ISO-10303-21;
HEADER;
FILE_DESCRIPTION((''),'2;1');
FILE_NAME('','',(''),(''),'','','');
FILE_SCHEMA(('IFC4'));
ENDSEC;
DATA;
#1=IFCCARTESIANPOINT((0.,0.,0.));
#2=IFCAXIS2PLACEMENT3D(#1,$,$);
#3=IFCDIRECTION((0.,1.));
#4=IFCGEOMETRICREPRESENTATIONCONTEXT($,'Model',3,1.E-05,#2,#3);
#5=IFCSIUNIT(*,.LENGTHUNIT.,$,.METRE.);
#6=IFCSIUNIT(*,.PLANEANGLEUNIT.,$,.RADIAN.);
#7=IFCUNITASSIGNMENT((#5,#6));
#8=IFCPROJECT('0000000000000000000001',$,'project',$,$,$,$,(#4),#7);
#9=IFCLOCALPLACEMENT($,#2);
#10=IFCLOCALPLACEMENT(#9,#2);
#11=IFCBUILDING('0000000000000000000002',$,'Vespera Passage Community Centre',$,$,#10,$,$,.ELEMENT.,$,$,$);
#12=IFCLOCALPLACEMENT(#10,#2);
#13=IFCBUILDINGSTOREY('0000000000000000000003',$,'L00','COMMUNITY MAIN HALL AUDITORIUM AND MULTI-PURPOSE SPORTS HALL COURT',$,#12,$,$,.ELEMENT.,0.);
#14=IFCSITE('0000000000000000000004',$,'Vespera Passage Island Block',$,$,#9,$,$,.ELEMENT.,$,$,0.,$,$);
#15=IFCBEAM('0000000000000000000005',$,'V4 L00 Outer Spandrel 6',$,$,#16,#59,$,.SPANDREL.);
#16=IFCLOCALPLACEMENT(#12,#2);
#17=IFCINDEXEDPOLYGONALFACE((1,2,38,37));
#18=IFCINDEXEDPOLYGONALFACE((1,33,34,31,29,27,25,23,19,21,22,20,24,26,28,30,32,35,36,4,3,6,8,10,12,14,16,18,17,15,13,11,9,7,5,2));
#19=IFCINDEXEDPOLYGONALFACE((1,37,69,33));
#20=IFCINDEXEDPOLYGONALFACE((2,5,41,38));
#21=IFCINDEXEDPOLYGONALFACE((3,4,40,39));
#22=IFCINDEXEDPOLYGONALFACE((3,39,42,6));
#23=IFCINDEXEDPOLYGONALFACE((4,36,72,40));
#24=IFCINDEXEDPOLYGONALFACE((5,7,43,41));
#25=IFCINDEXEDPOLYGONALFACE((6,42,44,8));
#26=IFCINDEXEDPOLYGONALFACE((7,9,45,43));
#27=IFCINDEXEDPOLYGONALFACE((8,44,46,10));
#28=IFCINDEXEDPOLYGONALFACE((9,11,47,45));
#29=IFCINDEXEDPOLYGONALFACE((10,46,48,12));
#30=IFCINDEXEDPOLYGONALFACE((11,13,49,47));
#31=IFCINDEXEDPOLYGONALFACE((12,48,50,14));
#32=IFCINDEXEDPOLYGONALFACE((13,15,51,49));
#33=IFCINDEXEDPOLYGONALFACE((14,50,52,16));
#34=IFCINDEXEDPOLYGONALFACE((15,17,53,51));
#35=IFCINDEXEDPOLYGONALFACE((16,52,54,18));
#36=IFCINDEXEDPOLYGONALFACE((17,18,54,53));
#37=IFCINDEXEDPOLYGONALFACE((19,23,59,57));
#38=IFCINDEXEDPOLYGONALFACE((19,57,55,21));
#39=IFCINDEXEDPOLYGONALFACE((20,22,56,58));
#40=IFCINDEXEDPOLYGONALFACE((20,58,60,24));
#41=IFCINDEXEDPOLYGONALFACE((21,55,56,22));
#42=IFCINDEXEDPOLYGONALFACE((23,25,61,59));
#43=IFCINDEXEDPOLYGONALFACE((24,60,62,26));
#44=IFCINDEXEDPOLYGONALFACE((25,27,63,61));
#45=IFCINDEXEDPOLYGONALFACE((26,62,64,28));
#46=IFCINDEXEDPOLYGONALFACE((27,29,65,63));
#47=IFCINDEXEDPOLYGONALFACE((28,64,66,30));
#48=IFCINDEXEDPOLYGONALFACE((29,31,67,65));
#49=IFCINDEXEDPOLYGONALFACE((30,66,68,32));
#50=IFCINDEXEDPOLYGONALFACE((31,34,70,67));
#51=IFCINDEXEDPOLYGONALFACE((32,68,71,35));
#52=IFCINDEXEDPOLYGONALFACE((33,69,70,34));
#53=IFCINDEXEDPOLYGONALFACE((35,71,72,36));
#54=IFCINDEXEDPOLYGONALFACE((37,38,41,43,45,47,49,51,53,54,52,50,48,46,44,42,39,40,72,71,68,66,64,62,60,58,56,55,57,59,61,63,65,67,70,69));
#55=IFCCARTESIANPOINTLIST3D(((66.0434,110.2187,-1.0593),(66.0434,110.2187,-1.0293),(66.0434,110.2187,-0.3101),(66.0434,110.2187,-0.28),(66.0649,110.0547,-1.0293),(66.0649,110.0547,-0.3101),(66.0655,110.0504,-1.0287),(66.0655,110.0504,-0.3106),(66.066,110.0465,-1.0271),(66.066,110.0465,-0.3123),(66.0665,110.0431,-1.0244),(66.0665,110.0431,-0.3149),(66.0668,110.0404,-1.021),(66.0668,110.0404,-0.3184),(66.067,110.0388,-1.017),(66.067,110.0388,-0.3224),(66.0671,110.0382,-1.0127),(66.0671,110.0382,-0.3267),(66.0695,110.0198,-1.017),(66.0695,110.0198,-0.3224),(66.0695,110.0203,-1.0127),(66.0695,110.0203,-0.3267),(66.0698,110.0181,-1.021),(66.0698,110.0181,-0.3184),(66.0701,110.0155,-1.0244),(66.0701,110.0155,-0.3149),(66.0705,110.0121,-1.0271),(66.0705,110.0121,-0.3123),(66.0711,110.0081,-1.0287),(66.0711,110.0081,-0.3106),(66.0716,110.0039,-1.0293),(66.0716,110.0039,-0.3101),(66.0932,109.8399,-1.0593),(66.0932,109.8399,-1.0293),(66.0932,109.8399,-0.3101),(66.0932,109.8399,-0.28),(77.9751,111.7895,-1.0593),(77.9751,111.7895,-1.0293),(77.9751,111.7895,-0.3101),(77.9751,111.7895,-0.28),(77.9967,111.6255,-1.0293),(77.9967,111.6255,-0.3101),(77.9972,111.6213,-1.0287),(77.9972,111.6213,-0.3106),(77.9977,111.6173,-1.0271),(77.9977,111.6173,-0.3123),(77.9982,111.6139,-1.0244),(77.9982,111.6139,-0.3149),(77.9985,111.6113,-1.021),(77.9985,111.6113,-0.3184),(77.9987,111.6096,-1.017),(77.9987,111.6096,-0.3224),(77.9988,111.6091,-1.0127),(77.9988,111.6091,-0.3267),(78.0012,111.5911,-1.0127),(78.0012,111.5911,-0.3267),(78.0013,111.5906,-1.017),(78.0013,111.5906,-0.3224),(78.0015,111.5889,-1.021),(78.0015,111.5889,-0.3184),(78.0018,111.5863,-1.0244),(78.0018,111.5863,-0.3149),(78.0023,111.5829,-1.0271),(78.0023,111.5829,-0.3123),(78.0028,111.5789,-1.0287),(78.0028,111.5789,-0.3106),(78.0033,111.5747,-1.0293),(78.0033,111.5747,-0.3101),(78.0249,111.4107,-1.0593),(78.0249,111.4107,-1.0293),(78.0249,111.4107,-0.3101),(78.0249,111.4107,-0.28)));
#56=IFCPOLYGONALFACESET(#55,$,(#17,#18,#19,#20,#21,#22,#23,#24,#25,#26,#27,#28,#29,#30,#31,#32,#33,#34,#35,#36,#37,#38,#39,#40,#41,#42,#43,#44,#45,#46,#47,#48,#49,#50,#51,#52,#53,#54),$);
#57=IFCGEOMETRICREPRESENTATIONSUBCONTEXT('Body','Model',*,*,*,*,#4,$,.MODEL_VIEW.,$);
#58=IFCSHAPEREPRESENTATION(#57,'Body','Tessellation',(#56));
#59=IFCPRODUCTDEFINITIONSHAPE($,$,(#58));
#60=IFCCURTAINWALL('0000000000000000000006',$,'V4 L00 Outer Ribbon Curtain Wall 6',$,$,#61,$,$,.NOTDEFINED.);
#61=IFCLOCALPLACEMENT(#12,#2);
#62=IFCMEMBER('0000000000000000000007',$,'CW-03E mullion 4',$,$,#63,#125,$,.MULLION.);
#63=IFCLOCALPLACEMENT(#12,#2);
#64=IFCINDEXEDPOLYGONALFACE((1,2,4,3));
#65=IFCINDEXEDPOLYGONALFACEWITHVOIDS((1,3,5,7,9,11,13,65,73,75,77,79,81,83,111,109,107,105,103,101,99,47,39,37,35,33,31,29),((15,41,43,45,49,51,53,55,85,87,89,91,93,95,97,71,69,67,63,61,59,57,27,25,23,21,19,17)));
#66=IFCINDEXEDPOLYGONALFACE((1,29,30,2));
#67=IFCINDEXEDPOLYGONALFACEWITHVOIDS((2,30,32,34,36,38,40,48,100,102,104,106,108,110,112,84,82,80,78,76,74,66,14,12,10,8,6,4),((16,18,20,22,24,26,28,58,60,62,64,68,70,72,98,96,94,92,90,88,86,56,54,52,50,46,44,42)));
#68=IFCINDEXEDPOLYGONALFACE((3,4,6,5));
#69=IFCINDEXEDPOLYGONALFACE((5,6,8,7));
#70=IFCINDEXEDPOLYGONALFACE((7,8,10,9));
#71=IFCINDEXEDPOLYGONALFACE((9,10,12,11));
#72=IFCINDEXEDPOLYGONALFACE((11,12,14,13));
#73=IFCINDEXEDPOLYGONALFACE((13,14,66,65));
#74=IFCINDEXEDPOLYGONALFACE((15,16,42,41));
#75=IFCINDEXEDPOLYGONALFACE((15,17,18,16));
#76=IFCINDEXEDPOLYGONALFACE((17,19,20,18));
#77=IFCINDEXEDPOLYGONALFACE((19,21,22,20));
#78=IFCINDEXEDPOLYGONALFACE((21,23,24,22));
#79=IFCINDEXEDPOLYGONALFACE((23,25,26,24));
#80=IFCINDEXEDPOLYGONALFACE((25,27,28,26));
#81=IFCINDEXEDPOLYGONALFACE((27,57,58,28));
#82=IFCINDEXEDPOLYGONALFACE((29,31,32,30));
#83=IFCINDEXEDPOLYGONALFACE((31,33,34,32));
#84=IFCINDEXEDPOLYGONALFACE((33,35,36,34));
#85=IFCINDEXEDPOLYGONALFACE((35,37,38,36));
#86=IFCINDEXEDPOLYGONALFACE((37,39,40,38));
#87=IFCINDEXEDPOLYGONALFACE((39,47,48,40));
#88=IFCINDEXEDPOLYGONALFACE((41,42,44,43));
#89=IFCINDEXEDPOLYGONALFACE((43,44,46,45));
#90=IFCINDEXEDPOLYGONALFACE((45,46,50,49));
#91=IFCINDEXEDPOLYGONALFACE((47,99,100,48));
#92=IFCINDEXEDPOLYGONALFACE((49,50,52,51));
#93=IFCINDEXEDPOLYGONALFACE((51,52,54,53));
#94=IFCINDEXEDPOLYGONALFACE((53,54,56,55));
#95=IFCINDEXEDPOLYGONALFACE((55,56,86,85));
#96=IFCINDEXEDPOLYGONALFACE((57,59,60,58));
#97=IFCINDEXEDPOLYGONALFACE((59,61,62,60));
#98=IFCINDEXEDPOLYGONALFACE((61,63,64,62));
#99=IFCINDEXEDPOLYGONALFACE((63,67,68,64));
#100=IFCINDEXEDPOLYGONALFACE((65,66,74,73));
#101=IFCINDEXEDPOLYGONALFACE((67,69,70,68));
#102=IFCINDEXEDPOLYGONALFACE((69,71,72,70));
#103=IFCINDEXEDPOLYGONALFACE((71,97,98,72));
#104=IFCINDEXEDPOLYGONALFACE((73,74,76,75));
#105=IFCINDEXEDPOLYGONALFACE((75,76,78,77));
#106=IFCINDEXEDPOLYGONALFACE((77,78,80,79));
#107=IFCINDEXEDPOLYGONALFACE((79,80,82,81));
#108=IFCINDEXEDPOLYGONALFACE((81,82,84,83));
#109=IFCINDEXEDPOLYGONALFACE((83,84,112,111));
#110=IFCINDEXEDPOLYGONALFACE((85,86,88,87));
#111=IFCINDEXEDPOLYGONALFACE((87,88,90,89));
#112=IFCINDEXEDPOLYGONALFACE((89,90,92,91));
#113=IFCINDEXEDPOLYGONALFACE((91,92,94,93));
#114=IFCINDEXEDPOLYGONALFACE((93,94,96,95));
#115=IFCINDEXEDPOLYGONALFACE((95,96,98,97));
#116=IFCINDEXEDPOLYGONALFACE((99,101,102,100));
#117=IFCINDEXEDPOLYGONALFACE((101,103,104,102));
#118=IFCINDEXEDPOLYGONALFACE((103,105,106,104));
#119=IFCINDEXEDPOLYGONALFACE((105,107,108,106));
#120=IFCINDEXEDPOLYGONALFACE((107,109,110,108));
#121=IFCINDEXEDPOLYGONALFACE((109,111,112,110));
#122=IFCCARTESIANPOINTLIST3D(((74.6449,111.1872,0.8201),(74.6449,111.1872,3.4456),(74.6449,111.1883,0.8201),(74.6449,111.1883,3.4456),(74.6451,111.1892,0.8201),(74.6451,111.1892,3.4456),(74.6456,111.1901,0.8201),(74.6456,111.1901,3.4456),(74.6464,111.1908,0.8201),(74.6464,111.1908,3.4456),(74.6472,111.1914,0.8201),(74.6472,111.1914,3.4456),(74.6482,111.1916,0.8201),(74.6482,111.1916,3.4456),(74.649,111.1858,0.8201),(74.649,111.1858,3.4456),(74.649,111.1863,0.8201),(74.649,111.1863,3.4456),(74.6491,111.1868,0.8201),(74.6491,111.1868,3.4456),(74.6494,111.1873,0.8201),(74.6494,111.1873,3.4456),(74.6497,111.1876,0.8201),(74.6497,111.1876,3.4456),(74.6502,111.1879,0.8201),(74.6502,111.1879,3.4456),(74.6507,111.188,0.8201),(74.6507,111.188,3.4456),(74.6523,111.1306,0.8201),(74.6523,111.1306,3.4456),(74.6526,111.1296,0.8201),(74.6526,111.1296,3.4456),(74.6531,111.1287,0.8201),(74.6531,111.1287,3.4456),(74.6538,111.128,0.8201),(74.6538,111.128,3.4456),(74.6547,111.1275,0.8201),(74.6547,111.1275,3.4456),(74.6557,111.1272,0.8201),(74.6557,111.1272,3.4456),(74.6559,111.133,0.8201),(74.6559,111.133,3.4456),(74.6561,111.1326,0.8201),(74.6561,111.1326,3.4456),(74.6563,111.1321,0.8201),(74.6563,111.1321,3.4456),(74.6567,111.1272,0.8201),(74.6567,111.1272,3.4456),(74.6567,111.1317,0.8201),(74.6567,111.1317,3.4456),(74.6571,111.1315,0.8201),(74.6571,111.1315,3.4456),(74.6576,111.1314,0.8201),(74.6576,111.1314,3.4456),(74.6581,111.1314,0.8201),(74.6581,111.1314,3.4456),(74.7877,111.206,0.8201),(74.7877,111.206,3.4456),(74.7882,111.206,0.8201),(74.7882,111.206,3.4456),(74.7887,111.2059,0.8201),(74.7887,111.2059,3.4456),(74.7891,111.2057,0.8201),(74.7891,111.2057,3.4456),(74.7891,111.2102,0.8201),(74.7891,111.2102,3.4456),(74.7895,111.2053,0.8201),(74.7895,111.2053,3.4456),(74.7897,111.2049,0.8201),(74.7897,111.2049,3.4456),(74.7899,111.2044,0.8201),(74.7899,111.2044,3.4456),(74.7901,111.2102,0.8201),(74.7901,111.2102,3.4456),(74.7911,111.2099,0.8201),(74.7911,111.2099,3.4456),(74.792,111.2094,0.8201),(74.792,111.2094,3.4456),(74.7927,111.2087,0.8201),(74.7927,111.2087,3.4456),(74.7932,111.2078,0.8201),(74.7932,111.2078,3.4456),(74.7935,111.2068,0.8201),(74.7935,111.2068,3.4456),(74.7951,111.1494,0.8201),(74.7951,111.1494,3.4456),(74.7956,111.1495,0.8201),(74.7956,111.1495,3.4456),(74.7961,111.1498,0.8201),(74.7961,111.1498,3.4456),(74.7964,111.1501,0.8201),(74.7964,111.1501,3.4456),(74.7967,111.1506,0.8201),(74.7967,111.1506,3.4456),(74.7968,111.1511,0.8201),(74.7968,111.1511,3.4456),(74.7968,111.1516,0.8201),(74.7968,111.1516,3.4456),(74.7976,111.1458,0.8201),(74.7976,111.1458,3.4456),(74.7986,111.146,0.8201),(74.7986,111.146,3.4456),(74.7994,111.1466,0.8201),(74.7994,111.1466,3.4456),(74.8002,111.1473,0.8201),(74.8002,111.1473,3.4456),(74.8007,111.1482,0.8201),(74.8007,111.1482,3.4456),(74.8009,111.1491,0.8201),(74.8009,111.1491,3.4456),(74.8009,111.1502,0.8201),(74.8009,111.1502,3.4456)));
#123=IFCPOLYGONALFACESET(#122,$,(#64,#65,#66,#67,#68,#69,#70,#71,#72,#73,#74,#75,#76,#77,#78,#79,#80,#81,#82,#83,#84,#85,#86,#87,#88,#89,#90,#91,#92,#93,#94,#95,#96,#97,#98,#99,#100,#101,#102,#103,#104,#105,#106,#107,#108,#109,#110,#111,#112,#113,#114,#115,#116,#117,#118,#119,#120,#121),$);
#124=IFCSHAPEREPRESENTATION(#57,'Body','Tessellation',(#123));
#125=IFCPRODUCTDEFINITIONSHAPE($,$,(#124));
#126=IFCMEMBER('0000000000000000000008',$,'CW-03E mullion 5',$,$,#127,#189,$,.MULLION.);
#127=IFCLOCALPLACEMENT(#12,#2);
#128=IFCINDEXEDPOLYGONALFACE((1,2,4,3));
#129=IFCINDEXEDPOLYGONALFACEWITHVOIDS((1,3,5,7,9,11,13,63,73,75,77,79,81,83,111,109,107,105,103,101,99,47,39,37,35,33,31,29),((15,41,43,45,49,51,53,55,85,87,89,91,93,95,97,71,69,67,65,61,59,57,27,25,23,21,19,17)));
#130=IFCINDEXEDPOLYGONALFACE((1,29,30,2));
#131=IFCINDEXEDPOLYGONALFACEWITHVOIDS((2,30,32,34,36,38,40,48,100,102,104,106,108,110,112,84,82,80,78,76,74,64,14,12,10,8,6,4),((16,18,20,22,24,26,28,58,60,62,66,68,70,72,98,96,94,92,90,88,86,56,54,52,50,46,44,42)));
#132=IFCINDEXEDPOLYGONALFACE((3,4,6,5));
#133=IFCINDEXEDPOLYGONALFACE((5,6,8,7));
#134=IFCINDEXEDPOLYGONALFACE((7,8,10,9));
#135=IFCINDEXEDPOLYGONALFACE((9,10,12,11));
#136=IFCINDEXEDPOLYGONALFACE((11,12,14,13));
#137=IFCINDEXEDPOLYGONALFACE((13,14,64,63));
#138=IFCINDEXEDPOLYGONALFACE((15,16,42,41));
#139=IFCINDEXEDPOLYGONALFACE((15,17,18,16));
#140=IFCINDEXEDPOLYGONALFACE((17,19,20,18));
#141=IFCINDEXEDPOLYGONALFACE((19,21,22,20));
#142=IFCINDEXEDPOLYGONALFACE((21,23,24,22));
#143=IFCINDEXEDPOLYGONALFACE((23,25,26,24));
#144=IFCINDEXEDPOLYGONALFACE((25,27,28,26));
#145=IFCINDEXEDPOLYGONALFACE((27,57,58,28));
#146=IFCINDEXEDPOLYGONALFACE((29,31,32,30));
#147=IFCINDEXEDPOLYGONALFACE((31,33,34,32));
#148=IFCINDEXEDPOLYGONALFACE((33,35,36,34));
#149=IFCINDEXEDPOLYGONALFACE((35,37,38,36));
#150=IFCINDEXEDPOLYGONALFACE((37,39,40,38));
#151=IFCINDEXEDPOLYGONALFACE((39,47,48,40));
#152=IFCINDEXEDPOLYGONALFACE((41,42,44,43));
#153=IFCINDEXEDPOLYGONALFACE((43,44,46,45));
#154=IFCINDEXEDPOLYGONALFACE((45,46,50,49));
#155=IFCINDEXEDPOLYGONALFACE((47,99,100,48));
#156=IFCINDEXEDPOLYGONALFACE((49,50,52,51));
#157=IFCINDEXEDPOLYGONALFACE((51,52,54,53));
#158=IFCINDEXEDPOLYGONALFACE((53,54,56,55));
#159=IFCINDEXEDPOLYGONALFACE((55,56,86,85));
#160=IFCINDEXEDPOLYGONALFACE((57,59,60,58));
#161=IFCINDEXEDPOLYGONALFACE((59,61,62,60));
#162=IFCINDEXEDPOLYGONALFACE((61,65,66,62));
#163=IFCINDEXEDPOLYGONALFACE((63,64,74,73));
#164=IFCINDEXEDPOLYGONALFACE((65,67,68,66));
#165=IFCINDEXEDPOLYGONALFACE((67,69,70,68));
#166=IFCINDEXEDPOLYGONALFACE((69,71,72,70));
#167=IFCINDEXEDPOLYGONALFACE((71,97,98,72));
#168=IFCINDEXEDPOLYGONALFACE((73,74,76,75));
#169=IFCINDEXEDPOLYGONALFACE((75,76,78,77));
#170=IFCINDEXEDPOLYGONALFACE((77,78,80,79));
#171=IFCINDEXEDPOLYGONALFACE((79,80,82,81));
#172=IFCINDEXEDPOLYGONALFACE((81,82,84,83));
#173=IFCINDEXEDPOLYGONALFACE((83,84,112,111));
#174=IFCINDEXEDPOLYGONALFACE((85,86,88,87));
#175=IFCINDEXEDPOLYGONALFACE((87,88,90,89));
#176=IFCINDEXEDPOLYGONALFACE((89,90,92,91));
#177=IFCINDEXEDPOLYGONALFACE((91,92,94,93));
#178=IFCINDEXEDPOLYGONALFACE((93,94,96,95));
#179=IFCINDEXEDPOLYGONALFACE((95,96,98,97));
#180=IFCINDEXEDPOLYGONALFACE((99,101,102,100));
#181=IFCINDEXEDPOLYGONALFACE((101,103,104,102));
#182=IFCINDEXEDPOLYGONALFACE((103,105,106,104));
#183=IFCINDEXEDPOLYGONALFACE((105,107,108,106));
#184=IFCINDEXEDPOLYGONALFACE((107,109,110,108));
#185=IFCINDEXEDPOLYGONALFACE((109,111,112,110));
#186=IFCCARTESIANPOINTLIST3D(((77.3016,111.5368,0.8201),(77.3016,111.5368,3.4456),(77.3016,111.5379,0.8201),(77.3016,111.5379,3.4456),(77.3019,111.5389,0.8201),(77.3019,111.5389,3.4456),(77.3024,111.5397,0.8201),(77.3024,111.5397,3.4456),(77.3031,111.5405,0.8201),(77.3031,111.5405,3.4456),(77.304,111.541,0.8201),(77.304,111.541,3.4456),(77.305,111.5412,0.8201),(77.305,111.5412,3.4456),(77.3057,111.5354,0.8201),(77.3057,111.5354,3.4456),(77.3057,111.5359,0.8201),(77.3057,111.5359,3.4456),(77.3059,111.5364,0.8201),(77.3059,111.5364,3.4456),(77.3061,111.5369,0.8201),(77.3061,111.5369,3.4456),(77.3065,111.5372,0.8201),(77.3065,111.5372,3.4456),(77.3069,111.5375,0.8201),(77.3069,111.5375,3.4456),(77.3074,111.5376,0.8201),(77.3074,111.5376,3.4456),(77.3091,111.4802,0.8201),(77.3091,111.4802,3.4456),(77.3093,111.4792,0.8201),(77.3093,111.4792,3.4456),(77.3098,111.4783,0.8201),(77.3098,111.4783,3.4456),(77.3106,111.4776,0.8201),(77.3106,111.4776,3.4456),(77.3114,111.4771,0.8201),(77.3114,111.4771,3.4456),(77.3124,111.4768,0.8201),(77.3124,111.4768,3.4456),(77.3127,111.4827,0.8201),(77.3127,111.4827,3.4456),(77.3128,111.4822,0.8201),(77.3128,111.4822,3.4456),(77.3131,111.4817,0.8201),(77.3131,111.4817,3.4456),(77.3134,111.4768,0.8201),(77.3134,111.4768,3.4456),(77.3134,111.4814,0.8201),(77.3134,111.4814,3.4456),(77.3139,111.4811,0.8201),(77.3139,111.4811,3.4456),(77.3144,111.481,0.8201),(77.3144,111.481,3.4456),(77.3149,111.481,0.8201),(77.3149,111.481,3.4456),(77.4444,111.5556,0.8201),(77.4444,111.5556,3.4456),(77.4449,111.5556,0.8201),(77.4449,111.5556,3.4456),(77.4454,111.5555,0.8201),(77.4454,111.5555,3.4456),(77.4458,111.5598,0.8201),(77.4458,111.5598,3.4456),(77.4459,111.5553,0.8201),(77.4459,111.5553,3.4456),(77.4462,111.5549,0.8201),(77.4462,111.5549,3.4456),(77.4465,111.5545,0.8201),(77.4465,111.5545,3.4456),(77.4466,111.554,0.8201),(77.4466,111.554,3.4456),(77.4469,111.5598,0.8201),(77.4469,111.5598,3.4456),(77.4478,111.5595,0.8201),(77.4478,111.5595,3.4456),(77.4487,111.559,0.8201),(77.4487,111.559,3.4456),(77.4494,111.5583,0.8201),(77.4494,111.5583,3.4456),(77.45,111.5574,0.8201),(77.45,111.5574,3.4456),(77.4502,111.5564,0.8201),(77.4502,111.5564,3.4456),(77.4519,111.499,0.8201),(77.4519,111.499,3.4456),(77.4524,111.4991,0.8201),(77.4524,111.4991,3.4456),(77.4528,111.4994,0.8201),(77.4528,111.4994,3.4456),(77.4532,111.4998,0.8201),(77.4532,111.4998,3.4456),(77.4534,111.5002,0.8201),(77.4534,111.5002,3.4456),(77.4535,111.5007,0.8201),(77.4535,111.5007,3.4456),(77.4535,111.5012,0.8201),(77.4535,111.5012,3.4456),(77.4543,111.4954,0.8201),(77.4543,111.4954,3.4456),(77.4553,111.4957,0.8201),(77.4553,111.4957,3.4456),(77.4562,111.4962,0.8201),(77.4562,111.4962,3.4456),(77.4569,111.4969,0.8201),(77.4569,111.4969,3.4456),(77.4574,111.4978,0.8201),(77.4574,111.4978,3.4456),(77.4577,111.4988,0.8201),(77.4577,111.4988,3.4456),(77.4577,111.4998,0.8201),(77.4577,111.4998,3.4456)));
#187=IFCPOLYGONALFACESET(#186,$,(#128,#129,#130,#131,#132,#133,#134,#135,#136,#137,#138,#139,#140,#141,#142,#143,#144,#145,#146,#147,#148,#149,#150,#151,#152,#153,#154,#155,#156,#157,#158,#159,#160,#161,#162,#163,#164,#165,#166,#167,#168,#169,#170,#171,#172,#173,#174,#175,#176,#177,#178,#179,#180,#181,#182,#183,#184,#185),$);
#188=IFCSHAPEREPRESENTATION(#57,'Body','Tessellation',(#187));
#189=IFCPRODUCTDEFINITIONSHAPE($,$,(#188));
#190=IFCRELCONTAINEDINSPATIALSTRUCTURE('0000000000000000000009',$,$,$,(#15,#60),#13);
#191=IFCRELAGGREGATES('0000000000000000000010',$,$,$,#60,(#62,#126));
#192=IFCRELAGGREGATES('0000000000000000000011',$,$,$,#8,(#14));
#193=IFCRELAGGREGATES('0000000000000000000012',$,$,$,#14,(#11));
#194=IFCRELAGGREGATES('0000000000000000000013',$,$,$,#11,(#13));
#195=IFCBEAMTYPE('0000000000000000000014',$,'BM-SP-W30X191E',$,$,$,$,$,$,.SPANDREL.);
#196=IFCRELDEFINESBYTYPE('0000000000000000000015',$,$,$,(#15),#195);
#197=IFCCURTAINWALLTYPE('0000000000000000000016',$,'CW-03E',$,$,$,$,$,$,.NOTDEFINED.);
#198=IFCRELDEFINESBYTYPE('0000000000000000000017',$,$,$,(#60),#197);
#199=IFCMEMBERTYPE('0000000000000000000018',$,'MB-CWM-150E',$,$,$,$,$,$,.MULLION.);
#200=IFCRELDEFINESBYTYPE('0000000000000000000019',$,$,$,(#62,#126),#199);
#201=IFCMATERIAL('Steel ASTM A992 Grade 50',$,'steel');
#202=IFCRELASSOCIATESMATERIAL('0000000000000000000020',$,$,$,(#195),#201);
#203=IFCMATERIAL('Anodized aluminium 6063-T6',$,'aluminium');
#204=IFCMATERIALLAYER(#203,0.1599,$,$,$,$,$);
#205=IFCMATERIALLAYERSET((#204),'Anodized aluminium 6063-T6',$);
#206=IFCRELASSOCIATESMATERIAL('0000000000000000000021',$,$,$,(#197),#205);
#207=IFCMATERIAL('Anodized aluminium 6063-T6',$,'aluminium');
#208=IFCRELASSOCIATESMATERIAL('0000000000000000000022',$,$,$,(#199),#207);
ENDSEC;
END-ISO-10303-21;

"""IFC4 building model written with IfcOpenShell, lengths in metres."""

from ifc_helpers import new_model, si_unit, direction, frame, origin, origin_2d, place, context, subcontext, project, spatial, hollow_rectangle, i_section, extrude, material, layer, layer_set, material_profile, profile_set, type_object, element, aggregate, save


model = new_model("IFC4")

# Units and contexts
model_context = context("Model", 3, precision=1e-05, world=origin(), true_north=direction((0.0, 1.0)))
body_context = subcontext(model_context, "Body", "Model", "MODEL_VIEW")
ifc_project = project(units=[si_unit("LENGTHUNIT", "METRE"), si_unit("PLANEANGLEUNIT", "RADIAN")], contexts=[model_context])

# Site, building, storey
site_placement = place(None, origin())
site = spatial("IfcSite", under=ifc_project, at=site_placement, Name="Vespera Passage Island Block", CompositionType="ELEMENT", RefElevation=0.0)
building_placement = place(site_placement, origin())
building = spatial("IfcBuilding", under=site, at=building_placement, Name="Vespera Passage Community Centre", CompositionType="ELEMENT")
storey_placement = place(building_placement, origin())
storey = spatial("IfcBuildingStorey", under=building, at=storey_placement, Name="L00", Description="COMMUNITY MAIN HALL AUDITORIUM AND MULTI-PURPOSE SPORTS HALL COURT", CompositionType="ELEMENT", Elevation=0.0)

# Beam
ifc_material_1 = material(Name="Steel ASTM A992 Grade 50", Category="steel")
ifc_material_profile_1 = material_profile(ifc_material_1, i_section(OverallWidth=0.3821, OverallDepth=0.7793, WebThickness=0.0181, FlangeThickness=0.03, FilletRadius=0.0166, at=origin_2d()), Name="W30X191")
ifc_profile_set_1 = profile_set([ifc_material_profile_1], Name="Steel ASTM A992 Grade 50")
beam_type_1 = type_object("IfcBeamType", Name="BM-SP-W30X191E", PredefinedType="SPANDREL", material=ifc_profile_set_1)
beam_1_placement = place(storey_placement, frame((78.0, 111.6001, -0.6697), z_axis=(-0.991445, -0.130524, 0.0), x_axis=(0.130524, -0.991445, 0.0)))
element("IfcBeam", 1, at=beam_1_placement, inside=storey, type_object=beam_type_1, Name="V4 L00 Outer Spandrel 6", PredefinedType="SPANDREL", context=body_context, shape_type="SweptSolid", body=[
    extrude(i_section(OverallWidth=0.3821, OverallDepth=0.7793, WebThickness=0.0181, FlangeThickness=0.03, FilletRadius=0.0166, at=origin_2d()), origin(), (0.0, 0.0, 1.0), 12.0347),
])

# Curtain wall, members
ifc_material_2 = material(Name="Anodized aluminium 6063-T6", Category="aluminium")
ifc_layer_1 = layer(ifc_material_2, 0.1599)
ifc_layer_set_1 = layer_set([ifc_layer_1], Name="Anodized aluminium 6063-T6")
curtain_wall_type = type_object("IfcCurtainWallType", Name="CW-03E", PredefinedType="NOTDEFINED", material=ifc_layer_set_1)
curtain_wall_placement = place(storey_placement, origin())
curtain_wall = element("IfcCurtainWall", 2, at=curtain_wall_placement, inside=storey, type_object=curtain_wall_type, Name="V4 L00 Outer Ribbon Curtain Wall 6", PredefinedType="NOTDEFINED")
ifc_material_3 = material(Name="Anodized aluminium 6063-T6", Category="aluminium")
ifc_material_profile_2 = material_profile(ifc_material_3, hollow_rectangle(XDim=0.0649, YDim=0.1499, WallThickness=0.0039, InnerFilletRadius=0.002, OuterFilletRadius=0.0039, at=origin_2d()), Name="ALU150X65X4")
ifc_profile_set_2 = profile_set([ifc_material_profile_2], Name="Anodized aluminium 6063-T6")
member_type_1 = type_object("IfcMemberType", Name="MB-CWM-150E", PredefinedType="MULLION", material=ifc_profile_set_2)
member_1_placement = place(storey_placement, frame((74.7229, 111.1687, 0.8201), z_axis=(0.0, 0.0, 1.0), x_axis=(-0.130531, 0.991444, 0.0)))
member_1 = element("IfcMember", 3, at=member_1_placement, type_object=member_type_1, Name="CW-03E mullion 4", PredefinedType="MULLION", context=body_context, shape_type="SweptSolid", body=[
    extrude(hollow_rectangle(XDim=0.0649, YDim=0.1499, WallThickness=0.0039, InnerFilletRadius=0.002, OuterFilletRadius=0.0039, at=origin_2d()), origin(), (0.0, 0.0, 1.0), 2.6255),
])
member_2_placement = place(storey_placement, frame((77.3796, 111.5183, 0.8201), z_axis=(0.0, 0.0, 1.0), x_axis=(-0.130531, 0.991444, 0.0)))
member_2 = element("IfcMember", 4, at=member_2_placement, type_object=member_type_1, Name="CW-03E mullion 5", PredefinedType="MULLION", context=body_context, shape_type="SweptSolid", body=[
    extrude(hollow_rectangle(XDim=0.0649, YDim=0.1499, WallThickness=0.0039, InnerFilletRadius=0.002, OuterFilletRadius=0.0039, at=origin_2d()), origin(), (0.0, 0.0, 1.0), 2.6255),
])
aggregate(curtain_wall, [member_1, member_2])

save(model, "model.ifc")
